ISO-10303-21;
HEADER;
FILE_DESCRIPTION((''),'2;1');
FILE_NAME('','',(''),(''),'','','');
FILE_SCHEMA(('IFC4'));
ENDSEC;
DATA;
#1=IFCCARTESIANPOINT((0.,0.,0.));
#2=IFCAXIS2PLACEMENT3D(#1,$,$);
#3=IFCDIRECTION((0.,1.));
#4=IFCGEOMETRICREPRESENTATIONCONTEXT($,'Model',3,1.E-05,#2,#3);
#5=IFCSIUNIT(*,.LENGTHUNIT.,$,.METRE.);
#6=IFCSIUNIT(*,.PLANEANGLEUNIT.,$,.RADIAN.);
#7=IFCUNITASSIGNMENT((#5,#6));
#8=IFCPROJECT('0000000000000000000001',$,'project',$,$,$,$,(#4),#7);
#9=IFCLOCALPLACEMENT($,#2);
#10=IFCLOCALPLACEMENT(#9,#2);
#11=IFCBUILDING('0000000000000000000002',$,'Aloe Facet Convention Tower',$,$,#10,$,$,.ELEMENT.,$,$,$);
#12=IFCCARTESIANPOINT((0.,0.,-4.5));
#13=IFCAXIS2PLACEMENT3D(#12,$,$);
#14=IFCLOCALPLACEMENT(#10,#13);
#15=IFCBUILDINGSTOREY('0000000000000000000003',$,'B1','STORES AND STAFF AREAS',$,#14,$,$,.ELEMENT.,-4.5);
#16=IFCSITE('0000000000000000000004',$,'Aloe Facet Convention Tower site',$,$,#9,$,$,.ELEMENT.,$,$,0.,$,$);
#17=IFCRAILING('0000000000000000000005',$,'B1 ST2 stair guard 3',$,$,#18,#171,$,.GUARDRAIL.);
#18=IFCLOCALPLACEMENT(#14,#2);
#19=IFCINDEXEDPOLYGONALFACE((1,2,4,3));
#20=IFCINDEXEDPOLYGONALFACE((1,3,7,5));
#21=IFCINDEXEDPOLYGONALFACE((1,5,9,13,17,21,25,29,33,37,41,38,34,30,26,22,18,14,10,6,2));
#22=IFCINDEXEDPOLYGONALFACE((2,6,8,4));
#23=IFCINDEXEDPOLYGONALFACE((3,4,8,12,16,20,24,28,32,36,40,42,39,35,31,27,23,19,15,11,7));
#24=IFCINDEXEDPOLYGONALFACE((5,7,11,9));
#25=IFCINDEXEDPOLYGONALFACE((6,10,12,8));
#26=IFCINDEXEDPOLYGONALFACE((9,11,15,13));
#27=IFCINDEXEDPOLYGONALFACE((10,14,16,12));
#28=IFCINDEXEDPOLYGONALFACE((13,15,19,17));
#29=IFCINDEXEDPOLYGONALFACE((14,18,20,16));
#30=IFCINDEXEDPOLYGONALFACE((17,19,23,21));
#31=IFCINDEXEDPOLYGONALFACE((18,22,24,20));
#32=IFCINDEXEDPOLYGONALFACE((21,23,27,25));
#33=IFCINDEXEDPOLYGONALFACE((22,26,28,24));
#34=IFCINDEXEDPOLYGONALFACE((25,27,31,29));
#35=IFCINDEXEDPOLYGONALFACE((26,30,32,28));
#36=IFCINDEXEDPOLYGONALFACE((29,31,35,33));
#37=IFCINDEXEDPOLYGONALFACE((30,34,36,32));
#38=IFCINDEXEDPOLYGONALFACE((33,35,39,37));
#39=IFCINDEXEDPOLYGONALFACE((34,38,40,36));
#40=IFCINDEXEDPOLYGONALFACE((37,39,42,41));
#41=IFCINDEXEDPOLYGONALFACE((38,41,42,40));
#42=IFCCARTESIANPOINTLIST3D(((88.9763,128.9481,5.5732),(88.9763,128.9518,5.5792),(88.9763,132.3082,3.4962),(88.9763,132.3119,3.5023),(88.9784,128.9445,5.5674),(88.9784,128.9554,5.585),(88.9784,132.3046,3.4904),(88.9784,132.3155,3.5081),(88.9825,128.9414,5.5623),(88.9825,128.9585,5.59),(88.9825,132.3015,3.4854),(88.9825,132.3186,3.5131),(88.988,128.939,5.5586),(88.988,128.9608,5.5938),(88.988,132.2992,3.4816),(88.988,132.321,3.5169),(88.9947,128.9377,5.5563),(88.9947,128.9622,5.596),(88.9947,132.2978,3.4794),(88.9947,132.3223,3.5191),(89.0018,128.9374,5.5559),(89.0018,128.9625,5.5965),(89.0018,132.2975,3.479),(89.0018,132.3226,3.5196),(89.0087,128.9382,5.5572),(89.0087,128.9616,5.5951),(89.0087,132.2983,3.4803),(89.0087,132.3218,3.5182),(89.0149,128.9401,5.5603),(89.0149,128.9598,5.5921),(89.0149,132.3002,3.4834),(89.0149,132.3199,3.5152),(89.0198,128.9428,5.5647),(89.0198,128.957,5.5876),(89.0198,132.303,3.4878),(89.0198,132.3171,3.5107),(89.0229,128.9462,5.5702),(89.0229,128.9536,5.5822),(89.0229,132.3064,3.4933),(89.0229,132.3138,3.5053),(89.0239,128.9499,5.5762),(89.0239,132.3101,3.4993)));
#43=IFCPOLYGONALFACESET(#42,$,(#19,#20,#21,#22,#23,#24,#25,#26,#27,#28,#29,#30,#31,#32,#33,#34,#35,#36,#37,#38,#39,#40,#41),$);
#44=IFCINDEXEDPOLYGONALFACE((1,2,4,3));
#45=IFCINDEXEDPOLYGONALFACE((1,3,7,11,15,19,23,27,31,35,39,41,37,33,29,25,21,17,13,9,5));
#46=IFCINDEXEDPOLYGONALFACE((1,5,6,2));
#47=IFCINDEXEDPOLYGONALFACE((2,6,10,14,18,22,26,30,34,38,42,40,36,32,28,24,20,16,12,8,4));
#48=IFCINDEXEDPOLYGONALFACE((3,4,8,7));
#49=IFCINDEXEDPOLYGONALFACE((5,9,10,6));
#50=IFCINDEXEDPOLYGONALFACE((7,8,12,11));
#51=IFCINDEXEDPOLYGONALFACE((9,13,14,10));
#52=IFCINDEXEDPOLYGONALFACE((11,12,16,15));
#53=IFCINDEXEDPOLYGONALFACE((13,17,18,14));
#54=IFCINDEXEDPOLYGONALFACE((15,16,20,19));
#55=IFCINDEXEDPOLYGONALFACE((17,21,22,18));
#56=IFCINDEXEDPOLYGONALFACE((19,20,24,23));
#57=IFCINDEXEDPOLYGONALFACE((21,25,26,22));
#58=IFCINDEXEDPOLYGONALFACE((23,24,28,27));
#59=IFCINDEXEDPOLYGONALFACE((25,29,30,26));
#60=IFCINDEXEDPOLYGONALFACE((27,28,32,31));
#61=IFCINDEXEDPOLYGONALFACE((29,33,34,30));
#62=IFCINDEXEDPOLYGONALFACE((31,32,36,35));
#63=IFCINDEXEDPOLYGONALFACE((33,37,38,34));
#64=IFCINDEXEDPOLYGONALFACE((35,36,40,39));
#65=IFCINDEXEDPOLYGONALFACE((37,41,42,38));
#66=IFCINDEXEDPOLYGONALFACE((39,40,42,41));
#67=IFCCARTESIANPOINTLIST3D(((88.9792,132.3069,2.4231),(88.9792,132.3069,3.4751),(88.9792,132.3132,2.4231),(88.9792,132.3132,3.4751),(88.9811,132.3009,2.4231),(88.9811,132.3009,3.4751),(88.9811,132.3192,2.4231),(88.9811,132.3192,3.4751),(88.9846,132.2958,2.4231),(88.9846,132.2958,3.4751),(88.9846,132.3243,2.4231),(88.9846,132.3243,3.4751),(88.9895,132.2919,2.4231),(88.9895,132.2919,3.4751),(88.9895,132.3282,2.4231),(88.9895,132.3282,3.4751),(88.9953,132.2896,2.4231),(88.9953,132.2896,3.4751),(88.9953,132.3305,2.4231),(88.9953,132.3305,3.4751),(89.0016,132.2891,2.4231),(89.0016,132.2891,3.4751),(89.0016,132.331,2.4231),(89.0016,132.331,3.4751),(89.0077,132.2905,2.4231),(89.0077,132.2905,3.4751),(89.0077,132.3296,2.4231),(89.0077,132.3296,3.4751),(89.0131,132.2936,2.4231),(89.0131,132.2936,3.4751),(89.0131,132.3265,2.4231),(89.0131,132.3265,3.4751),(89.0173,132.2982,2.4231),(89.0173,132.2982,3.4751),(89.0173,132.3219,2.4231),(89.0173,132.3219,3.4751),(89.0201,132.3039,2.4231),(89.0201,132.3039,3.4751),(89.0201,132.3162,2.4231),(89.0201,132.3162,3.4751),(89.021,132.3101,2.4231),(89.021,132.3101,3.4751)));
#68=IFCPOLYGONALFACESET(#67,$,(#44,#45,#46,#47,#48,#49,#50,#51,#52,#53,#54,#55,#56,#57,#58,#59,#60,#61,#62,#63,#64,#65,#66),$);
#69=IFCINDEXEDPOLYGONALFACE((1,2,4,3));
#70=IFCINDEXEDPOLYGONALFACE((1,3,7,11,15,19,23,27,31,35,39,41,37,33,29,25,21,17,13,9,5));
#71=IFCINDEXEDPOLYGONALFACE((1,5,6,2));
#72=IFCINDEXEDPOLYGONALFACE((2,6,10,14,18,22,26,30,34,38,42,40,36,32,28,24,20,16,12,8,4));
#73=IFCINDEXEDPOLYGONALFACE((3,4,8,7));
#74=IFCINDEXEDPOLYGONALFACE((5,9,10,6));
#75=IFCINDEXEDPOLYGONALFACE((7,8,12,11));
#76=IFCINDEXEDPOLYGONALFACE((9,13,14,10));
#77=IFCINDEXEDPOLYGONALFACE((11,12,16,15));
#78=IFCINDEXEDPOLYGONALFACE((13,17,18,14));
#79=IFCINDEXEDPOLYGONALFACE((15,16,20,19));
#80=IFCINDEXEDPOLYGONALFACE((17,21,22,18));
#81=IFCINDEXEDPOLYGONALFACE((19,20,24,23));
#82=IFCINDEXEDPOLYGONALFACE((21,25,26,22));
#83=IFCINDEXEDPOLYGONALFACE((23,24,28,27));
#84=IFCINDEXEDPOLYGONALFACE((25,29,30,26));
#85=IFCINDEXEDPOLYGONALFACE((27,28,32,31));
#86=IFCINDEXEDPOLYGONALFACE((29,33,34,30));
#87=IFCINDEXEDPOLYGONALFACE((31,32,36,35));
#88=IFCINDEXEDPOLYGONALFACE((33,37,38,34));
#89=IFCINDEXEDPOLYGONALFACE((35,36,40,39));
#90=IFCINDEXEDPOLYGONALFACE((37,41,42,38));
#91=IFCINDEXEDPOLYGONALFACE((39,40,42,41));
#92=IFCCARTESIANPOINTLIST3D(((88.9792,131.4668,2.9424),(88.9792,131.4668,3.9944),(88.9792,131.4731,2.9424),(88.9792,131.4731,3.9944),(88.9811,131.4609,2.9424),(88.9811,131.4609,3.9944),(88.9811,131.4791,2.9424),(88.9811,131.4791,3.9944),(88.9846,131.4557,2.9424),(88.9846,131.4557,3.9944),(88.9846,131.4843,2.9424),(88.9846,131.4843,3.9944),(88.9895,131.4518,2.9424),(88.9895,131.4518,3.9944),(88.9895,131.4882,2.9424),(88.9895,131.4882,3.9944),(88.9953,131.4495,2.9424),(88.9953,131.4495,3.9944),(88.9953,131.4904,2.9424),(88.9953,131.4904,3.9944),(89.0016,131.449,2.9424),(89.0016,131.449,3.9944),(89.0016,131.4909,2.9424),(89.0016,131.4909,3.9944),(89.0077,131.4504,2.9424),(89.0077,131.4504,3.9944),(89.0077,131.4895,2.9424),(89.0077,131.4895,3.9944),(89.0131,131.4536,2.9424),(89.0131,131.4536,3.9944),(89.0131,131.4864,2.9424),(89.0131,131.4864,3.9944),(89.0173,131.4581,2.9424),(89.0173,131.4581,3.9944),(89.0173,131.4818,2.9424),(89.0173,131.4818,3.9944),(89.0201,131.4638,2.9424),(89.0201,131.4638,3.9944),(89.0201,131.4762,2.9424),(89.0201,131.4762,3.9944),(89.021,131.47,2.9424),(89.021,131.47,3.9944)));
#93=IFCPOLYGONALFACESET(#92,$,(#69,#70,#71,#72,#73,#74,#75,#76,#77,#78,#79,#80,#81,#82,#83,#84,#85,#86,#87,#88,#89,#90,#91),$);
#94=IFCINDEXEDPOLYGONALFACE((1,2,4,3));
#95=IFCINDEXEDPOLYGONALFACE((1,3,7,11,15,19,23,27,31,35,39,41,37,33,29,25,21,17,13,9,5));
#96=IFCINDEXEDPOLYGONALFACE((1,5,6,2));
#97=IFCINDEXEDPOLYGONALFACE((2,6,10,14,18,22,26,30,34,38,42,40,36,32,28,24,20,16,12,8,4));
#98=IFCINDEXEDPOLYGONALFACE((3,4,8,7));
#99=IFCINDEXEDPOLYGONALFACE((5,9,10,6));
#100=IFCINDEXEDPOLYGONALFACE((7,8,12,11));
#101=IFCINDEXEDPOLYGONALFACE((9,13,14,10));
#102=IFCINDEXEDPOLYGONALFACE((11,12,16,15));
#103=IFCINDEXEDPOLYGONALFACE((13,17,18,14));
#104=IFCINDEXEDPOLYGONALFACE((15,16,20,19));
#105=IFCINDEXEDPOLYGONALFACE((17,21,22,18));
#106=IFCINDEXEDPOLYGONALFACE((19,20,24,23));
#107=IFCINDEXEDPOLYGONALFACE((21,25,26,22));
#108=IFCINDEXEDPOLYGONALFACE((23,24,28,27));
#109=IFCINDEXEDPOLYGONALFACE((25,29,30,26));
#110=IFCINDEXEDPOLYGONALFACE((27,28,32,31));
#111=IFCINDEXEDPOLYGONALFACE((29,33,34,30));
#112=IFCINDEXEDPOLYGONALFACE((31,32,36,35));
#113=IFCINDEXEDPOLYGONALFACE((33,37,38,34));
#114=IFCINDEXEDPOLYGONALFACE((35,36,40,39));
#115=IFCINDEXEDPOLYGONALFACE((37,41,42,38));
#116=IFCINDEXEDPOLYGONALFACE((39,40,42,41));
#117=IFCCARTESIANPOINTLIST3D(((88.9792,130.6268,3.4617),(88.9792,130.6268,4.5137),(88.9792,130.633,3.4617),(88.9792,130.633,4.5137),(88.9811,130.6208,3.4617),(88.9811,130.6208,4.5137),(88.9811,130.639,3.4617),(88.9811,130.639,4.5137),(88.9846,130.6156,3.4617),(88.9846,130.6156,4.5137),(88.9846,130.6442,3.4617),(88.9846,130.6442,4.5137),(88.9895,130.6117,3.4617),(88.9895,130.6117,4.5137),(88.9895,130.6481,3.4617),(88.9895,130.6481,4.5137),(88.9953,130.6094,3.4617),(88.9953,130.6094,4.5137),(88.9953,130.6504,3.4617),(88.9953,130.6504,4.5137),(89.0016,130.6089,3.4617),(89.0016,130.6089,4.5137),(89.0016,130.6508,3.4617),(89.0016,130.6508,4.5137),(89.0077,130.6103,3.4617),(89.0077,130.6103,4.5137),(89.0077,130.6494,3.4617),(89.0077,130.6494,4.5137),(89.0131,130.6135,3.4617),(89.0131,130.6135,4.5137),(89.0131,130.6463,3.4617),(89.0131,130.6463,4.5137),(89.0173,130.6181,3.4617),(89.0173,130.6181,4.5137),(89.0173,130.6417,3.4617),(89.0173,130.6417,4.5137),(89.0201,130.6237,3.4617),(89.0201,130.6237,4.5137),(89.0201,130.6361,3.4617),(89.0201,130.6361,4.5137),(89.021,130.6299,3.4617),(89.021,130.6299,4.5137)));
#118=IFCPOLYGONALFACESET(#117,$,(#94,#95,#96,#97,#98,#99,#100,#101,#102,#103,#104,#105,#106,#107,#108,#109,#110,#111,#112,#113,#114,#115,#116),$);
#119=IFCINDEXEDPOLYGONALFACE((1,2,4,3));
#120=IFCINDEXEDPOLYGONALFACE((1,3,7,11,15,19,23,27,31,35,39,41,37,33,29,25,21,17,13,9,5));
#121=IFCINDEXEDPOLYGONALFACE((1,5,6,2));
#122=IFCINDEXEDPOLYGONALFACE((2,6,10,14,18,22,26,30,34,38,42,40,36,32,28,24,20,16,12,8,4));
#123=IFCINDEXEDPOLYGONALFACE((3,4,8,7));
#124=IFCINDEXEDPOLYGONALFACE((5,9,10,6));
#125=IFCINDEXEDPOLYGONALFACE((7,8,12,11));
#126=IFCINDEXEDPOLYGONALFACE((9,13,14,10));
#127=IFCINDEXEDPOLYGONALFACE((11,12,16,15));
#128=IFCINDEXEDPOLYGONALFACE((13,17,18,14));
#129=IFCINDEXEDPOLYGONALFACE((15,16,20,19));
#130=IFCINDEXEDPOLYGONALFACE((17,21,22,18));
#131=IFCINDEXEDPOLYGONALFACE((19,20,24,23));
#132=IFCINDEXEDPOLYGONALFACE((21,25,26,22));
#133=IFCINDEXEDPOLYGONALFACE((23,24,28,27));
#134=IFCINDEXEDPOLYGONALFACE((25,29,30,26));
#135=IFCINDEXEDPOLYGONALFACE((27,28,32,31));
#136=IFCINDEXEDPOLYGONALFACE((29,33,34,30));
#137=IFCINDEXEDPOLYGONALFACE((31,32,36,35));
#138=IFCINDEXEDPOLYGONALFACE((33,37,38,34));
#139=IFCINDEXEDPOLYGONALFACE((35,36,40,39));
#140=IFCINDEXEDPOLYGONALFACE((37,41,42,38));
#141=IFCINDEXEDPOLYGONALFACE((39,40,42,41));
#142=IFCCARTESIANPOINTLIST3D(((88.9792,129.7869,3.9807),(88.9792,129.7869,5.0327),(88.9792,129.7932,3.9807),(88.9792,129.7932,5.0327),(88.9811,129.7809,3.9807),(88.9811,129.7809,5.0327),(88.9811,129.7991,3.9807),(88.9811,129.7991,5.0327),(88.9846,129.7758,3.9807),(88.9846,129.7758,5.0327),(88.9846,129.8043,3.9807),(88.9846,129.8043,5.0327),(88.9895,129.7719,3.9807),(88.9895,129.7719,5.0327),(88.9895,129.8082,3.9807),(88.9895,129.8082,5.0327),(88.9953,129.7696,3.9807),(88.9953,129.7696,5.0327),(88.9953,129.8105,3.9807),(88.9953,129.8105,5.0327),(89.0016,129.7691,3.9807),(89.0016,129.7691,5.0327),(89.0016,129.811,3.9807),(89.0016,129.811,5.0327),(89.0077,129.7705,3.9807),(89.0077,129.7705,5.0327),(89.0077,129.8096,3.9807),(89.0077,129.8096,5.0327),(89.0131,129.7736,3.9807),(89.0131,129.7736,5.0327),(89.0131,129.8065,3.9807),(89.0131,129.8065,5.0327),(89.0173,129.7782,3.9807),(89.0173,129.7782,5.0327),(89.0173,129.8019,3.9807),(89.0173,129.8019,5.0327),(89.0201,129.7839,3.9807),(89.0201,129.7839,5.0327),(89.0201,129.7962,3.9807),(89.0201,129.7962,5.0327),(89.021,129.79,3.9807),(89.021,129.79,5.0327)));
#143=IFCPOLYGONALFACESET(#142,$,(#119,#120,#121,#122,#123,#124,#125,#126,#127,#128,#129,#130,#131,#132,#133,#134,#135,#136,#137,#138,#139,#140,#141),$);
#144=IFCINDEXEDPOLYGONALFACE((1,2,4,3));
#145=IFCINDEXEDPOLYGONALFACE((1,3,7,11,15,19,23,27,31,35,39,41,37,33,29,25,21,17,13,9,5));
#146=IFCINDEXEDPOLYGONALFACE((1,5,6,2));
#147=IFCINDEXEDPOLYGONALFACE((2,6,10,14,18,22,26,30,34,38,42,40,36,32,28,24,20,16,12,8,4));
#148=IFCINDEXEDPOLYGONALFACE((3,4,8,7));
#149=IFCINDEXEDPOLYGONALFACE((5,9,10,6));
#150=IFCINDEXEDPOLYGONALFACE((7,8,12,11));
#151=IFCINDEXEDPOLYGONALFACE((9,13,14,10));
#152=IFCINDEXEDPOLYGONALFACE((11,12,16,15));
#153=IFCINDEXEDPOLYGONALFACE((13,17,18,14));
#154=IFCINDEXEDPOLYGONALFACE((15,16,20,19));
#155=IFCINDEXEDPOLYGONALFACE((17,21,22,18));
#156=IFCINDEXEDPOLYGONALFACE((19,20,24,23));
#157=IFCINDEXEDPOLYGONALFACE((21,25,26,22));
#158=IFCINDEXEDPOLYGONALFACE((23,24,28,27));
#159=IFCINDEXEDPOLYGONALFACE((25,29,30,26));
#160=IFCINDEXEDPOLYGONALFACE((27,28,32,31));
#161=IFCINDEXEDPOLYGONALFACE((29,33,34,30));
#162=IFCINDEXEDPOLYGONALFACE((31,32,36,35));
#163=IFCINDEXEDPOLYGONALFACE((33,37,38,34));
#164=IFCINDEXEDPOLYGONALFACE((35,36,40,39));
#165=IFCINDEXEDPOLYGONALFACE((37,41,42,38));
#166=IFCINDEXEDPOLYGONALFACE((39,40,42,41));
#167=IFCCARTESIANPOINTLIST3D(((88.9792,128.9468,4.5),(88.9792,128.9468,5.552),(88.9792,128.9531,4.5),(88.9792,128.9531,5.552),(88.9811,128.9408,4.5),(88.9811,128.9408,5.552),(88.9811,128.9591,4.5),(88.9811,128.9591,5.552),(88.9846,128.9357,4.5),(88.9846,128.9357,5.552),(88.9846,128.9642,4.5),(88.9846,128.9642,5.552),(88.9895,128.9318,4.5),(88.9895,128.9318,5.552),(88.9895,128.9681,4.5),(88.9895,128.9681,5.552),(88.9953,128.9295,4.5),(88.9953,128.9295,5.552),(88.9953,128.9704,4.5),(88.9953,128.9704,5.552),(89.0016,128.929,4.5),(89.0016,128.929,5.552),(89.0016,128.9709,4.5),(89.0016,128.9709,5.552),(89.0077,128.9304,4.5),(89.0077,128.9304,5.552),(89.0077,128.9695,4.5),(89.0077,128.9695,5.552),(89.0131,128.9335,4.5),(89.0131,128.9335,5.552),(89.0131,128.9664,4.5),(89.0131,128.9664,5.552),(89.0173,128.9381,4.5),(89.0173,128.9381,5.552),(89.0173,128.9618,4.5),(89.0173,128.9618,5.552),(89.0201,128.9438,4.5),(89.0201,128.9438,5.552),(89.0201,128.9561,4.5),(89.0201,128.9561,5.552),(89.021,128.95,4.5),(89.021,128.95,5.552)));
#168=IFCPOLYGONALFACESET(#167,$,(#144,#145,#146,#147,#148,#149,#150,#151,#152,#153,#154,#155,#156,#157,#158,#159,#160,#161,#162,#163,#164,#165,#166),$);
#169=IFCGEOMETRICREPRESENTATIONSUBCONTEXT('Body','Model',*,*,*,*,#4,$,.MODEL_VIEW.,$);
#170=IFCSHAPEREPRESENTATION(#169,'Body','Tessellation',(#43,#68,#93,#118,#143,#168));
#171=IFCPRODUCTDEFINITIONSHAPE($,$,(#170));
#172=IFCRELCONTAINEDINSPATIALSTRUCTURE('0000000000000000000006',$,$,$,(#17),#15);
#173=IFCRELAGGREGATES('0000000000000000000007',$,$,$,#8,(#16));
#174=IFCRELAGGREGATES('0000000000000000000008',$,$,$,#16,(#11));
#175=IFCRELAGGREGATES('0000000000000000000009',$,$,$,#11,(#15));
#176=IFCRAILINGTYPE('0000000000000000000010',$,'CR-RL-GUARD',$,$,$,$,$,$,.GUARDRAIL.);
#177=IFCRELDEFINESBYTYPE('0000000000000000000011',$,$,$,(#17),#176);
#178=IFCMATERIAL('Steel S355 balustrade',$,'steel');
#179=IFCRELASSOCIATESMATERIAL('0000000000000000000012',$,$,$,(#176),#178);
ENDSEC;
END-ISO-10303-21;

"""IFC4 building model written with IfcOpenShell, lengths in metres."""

from ifc_helpers import new_model, si_unit, direction, frame, origin, origin_2d, place, context, subcontext, project, spatial, circle, extrude, material, type_object, element, save


model = new_model("IFC4")

# Units and contexts
model_context = context("Model", 3, precision=1e-05, world=origin(), true_north=direction((0.0, 1.0)))
body_context = subcontext(model_context, "Body", "Model", "MODEL_VIEW")
ifc_project = project(units=[si_unit("LENGTHUNIT", "METRE"), si_unit("PLANEANGLEUNIT", "RADIAN")], contexts=[model_context])

# Site, building, storey
site_placement = place(None, origin())
site = spatial("IfcSite", under=ifc_project, at=site_placement, Name="Aloe Facet Convention Tower site", CompositionType="ELEMENT", RefElevation=0.0)
building_placement = place(site_placement, origin())
building = spatial("IfcBuilding", under=site, at=building_placement, Name="Aloe Facet Convention Tower", CompositionType="ELEMENT")
storey_placement = place(building_placement, frame((0.0, 0.0, -4.5)))
storey = spatial("IfcBuildingStorey", under=building, at=storey_placement, Name="B1", Description="STORES AND STAFF AREAS", CompositionType="ELEMENT", Elevation=-4.5)

# Railing
ifc_material_1 = material(Name="Steel S355 balustrade", Category="steel")
railing_type_1 = type_object("IfcRailingType", Name="CR-RL-GUARD", PredefinedType="GUARDRAIL", material=ifc_material_1)
railing_1_placement = place(storey_placement, frame((89.0, 132.3101, 2.4231)))
element("IfcRailing", 1, at=railing_1_placement, inside=storey, type_object=railing_type_1, Name="B1 ST2 stair guard 3", PredefinedType="GUARDRAIL", context=body_context, shape_type="SweptSolid", body=[
    extrude(circle(Radius=0.0239, at=origin_2d()), frame((0.0, 0.0, 1.0762), z_axis=(0.0, -0.850623, 0.525776), x_axis=(1.0, 0.0, 0.0)), (0.0, 0.0, 1.0), 3.9502),
    extrude(circle(Radius=0.021, at=origin_2d()), origin(), (0.0, 0.0, 1.0), 1.052),
    extrude(circle(Radius=0.021, at=origin_2d()), frame((0.0, -0.8401, 0.5193)), (0.0, 0.0, 1.0), 1.052),
    extrude(circle(Radius=0.021, at=origin_2d()), frame((0.0, -1.6802, 1.0386)), (0.0, 0.0, 1.0), 1.052),
    extrude(circle(Radius=0.021, at=origin_2d()), frame((0.0, -2.52, 1.5576)), (0.0, 0.0, 1.0), 1.052),
    extrude(circle(Radius=0.021, at=origin_2d()), frame((0.0, -3.3601, 2.0769)), (0.0, 0.0, 1.0), 1.052),
])

save(model, "model.ifc")
